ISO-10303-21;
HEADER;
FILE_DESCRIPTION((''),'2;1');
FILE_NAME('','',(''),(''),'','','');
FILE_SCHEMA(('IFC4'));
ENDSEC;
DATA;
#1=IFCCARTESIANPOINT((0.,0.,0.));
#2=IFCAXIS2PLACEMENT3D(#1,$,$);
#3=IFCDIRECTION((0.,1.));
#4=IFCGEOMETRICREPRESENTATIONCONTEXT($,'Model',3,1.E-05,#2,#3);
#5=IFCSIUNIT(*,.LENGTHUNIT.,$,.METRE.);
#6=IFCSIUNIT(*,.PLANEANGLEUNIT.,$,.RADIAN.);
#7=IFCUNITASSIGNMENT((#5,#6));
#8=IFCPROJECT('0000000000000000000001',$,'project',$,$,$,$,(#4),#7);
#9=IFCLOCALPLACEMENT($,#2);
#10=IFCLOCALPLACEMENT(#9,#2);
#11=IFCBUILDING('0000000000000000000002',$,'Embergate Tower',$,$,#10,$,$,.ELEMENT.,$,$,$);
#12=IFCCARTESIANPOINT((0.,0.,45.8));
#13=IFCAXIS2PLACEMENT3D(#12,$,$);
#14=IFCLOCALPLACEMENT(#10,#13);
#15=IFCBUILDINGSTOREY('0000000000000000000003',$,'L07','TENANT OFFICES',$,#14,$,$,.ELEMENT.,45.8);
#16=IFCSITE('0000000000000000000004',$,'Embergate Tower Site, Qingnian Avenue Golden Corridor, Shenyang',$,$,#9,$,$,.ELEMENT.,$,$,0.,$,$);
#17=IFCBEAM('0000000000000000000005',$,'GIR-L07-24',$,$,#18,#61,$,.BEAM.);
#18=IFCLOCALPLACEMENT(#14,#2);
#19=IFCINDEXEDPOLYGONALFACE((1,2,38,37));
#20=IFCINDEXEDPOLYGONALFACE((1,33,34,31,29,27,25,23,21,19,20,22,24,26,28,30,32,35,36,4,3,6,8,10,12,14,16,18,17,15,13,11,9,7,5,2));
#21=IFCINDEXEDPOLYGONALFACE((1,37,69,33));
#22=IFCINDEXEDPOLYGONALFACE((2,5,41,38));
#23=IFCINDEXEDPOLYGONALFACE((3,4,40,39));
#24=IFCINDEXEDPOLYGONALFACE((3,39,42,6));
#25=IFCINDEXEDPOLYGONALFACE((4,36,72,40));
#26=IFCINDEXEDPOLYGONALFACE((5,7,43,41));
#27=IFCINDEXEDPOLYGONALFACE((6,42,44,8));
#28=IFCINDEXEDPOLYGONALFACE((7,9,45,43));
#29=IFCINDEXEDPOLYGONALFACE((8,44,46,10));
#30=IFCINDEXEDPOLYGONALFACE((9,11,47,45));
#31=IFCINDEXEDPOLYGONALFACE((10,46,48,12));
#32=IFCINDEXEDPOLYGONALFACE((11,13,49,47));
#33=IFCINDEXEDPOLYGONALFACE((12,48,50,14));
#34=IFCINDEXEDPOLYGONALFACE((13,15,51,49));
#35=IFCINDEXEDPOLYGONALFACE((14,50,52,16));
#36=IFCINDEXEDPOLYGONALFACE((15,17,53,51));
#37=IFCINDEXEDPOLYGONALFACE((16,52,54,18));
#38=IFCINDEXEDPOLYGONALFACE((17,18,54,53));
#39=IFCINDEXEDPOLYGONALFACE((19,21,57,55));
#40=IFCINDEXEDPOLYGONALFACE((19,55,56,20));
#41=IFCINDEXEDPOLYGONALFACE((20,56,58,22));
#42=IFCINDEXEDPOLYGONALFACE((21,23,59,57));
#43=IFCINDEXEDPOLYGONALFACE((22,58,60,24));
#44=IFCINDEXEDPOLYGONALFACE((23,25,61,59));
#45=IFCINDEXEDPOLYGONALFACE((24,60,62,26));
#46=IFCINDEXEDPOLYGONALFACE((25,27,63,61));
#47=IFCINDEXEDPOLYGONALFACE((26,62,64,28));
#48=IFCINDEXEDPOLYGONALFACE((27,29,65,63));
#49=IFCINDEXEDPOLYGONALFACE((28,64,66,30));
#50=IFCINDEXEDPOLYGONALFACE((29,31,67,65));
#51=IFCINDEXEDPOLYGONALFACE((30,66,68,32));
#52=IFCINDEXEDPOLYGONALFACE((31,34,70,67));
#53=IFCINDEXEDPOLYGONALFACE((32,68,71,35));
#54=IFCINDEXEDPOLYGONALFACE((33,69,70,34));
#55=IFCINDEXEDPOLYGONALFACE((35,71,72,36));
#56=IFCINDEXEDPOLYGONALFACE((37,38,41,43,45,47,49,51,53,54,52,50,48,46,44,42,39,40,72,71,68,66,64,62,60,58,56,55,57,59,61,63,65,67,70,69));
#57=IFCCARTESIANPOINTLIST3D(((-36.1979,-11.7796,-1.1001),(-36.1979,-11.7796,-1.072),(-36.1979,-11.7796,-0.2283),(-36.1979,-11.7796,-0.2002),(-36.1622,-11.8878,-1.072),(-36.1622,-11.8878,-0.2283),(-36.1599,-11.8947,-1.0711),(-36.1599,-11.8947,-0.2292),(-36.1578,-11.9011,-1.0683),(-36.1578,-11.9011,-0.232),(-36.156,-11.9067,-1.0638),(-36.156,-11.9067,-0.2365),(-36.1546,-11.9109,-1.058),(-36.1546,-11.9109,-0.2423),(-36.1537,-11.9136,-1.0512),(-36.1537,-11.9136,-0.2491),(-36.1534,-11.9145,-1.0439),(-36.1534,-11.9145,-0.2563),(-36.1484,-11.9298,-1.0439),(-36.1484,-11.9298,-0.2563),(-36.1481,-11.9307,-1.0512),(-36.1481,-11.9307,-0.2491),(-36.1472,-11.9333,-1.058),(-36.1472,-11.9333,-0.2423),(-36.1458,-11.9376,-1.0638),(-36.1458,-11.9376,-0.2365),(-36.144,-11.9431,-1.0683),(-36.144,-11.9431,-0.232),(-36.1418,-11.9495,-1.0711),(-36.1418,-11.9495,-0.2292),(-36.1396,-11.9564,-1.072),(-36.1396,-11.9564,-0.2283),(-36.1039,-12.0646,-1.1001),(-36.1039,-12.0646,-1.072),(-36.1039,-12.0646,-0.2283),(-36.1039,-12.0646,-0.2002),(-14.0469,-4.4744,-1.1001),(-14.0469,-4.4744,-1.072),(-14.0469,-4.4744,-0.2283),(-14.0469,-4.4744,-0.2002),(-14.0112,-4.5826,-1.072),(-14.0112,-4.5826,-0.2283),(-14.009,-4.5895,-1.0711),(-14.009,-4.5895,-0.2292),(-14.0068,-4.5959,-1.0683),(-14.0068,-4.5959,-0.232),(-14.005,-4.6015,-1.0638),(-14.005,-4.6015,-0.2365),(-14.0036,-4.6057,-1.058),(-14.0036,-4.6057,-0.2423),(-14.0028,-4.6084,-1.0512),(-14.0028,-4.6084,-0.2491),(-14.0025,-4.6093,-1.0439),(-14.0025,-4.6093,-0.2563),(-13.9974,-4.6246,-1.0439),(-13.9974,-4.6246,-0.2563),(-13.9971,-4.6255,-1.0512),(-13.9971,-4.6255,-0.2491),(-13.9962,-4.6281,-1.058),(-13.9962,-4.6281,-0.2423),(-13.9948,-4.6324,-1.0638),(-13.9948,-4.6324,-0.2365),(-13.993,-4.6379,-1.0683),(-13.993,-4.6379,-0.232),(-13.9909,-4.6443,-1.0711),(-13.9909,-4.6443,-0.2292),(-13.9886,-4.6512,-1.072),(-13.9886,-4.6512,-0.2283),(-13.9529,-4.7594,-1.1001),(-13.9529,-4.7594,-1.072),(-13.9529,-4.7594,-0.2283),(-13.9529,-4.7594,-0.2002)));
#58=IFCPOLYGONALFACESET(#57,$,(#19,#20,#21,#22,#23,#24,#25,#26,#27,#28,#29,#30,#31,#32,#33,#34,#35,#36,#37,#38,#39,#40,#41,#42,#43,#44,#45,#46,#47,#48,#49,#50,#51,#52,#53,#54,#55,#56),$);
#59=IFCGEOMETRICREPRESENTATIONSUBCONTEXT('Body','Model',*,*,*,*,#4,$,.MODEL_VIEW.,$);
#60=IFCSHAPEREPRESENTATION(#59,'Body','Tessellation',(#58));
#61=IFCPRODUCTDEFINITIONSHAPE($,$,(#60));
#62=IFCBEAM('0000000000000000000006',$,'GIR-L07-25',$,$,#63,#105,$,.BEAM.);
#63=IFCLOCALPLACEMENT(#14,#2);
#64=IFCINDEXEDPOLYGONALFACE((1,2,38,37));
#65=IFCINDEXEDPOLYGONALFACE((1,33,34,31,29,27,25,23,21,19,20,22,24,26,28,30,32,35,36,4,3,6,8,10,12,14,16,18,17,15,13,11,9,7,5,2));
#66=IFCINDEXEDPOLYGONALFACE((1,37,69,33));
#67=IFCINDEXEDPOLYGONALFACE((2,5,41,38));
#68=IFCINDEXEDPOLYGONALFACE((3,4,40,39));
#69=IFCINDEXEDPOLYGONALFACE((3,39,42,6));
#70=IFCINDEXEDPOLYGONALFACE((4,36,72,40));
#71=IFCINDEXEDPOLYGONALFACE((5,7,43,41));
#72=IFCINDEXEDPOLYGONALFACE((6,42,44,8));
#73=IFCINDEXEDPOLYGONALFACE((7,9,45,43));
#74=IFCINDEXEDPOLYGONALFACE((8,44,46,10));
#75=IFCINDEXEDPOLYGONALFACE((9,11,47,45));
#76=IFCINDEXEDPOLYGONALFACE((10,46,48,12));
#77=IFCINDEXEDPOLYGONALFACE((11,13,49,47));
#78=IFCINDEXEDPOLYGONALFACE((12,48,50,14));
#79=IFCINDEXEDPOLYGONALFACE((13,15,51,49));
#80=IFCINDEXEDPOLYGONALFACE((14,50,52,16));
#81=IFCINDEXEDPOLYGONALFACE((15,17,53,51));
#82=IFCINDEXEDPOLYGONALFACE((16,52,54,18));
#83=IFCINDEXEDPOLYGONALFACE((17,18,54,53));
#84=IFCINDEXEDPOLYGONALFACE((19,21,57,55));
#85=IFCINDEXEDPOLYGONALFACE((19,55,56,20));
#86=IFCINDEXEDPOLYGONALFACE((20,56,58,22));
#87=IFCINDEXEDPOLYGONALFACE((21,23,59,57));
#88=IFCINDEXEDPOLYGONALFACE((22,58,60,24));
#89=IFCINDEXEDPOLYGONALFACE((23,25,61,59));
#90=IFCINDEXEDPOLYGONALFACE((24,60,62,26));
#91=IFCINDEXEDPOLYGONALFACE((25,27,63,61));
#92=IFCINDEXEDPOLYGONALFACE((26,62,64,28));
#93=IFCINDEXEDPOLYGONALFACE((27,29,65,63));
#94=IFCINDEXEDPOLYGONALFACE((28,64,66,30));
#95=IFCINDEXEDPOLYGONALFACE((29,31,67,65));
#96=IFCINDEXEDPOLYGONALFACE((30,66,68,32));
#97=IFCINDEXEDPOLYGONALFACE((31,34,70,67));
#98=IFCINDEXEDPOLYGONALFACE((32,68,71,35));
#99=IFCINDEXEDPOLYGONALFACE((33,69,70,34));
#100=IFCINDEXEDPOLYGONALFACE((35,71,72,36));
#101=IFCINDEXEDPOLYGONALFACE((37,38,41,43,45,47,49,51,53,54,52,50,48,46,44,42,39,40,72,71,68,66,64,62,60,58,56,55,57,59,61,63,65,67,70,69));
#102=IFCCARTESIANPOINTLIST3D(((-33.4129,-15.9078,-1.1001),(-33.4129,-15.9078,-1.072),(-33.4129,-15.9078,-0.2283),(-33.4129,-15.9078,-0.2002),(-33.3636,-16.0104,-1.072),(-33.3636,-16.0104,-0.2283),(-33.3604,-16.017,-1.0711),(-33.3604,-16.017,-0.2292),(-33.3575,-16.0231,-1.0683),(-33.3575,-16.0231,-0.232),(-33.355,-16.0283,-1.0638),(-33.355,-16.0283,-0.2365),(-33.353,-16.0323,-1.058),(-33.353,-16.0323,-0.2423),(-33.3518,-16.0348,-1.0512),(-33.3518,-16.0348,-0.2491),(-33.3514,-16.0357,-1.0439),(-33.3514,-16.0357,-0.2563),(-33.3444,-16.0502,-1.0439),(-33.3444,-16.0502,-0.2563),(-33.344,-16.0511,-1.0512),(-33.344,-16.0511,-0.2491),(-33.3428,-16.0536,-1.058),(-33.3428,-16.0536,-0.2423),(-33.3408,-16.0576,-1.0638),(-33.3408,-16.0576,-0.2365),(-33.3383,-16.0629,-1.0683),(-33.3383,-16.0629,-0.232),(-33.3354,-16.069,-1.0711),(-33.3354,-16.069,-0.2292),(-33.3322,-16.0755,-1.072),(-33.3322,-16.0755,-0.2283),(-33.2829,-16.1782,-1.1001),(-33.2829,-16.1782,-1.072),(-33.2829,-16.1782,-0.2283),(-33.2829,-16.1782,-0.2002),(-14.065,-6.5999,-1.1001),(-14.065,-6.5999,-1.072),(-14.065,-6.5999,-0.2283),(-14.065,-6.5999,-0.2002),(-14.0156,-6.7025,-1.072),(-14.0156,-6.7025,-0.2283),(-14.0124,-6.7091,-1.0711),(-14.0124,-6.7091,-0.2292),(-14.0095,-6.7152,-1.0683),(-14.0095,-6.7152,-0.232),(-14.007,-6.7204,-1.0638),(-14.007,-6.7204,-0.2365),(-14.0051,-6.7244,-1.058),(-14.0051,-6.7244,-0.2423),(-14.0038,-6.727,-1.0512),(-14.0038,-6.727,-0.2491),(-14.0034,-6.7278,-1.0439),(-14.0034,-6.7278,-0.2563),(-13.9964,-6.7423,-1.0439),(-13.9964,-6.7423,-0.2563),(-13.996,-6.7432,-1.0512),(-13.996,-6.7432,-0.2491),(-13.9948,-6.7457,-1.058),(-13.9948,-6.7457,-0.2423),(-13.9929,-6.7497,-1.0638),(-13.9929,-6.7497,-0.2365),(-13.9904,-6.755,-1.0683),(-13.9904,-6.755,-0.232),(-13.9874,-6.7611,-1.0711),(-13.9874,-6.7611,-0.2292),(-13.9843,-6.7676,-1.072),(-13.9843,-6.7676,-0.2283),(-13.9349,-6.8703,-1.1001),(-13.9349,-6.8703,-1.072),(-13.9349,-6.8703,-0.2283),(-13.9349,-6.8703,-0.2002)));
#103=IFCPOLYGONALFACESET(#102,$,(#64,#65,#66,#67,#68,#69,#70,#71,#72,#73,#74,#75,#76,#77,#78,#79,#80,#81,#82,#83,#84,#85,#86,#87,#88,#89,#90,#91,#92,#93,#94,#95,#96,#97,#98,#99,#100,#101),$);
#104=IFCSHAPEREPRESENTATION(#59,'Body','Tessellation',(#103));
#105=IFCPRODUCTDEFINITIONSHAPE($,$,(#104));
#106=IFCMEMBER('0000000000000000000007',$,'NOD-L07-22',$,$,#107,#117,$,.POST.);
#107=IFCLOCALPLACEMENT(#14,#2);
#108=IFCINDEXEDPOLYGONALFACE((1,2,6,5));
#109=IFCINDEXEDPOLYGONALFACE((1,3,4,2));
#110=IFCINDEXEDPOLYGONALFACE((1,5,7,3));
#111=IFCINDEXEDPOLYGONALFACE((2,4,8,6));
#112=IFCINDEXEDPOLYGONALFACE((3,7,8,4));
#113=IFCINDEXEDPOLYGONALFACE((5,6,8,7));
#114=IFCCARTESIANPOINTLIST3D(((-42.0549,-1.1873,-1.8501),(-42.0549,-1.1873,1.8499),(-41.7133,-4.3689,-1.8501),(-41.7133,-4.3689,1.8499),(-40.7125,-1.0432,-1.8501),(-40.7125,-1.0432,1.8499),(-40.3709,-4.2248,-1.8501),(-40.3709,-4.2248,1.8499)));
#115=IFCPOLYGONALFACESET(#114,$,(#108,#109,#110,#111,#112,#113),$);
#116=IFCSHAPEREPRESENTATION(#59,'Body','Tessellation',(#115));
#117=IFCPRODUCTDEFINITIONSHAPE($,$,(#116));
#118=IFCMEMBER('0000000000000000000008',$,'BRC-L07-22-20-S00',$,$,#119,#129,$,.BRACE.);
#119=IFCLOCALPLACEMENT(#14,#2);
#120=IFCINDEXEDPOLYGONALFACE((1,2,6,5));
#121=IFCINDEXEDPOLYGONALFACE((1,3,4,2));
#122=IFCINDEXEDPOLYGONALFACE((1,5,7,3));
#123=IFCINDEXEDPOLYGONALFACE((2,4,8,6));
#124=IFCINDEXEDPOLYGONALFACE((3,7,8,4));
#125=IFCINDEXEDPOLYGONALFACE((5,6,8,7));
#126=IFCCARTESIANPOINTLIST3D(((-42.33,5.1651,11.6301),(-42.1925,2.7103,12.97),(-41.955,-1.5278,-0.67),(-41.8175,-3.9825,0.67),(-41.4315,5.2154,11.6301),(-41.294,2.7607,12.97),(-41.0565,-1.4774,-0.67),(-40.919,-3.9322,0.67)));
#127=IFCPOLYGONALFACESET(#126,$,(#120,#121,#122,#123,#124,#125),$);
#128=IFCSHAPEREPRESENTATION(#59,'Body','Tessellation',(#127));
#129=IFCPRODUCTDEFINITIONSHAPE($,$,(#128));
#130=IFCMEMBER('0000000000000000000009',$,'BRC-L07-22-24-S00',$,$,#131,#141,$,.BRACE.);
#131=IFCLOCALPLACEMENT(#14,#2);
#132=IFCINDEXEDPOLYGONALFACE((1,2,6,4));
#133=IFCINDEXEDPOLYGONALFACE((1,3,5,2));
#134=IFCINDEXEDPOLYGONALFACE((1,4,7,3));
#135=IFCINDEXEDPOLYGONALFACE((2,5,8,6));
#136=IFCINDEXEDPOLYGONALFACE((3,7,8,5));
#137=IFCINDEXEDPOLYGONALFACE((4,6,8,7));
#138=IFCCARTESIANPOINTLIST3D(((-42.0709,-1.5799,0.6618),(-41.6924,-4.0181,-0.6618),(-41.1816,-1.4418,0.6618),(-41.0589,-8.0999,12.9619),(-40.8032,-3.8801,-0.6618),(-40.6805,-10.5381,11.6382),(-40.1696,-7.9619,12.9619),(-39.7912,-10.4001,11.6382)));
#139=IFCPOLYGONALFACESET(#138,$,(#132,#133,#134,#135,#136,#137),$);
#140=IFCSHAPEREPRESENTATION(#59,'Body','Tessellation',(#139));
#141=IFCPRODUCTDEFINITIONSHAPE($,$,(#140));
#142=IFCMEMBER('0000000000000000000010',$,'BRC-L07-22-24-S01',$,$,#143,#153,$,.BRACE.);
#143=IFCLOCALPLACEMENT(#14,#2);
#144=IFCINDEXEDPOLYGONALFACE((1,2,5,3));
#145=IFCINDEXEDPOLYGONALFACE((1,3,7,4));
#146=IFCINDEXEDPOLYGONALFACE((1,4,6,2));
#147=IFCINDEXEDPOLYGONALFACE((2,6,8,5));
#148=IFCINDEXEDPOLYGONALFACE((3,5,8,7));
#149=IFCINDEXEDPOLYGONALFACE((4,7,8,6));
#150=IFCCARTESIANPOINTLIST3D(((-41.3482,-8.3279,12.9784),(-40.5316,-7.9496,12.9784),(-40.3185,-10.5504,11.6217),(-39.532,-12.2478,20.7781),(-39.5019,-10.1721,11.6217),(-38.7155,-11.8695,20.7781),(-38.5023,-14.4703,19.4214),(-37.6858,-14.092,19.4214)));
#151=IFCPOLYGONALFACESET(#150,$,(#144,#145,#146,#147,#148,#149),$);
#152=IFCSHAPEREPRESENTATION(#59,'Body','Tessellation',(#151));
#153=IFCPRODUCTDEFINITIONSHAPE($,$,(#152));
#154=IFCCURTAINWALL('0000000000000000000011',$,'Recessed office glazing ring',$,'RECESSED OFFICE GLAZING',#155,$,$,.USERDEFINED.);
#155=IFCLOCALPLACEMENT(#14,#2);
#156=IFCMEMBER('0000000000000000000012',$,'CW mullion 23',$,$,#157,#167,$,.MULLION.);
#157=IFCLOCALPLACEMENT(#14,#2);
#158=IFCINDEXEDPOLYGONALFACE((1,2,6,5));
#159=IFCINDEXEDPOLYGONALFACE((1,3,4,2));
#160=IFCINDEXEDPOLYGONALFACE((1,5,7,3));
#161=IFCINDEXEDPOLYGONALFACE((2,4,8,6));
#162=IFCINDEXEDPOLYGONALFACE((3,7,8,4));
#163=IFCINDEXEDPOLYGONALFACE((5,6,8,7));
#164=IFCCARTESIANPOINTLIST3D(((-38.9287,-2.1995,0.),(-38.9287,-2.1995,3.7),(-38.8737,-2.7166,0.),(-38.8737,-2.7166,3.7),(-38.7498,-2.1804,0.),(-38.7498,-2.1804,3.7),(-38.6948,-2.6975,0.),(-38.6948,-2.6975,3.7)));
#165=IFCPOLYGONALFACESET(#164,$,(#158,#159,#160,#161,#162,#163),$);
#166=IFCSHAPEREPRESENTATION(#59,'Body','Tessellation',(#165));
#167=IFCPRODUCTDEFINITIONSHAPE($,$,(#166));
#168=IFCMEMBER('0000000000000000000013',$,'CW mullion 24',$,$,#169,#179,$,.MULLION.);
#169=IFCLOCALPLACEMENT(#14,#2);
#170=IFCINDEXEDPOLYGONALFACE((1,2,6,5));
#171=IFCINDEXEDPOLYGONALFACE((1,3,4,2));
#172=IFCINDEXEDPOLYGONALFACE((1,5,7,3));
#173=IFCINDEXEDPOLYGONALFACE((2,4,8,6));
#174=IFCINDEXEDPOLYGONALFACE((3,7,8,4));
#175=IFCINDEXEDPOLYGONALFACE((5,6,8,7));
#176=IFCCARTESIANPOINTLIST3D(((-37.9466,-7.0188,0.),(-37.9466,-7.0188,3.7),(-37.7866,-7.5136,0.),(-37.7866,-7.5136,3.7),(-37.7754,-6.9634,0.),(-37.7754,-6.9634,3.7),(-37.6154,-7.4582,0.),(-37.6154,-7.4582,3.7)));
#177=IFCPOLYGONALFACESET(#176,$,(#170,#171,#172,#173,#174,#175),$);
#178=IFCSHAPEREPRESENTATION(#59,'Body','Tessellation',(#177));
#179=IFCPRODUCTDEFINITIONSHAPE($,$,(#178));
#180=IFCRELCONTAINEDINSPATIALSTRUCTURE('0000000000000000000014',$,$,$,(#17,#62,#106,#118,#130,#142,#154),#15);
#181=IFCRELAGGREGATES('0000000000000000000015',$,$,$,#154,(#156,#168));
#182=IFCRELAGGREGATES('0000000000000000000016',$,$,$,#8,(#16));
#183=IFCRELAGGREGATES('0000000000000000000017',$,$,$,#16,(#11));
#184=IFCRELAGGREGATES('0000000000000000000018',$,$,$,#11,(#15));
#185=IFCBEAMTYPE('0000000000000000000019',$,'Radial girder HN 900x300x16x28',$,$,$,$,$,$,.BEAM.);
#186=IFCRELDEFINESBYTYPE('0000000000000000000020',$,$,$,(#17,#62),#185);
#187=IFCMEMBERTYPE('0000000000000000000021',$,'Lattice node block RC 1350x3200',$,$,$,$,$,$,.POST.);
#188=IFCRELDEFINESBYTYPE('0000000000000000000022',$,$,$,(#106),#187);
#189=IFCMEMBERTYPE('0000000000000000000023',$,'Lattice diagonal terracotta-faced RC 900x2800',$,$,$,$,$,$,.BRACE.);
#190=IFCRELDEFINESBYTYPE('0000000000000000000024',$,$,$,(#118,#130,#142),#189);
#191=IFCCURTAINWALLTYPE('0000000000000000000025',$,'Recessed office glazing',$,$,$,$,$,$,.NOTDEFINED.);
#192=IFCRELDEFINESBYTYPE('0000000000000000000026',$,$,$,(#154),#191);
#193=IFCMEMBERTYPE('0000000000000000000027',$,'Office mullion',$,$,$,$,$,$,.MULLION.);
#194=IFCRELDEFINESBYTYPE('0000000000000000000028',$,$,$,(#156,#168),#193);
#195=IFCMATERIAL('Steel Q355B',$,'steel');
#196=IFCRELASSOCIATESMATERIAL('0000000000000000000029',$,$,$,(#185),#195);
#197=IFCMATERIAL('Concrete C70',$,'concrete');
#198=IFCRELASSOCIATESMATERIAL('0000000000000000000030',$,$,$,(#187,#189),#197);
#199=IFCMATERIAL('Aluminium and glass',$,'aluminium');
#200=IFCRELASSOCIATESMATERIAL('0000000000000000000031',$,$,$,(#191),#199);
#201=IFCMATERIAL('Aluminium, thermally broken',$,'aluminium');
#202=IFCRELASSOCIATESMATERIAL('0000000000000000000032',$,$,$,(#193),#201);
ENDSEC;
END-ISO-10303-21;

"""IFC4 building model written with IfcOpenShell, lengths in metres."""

from ifc_helpers import new_model, si_unit, direction, frame, origin, origin_2d, place, context, subcontext, project, spatial, rectangle, i_section, extrude, source, transform, mapped, material, material_profile, profile_set, type_object, element, aggregate, save


model = new_model("IFC4")

# Units and contexts
model_context = context("Model", 3, precision=1e-05, world=origin(), true_north=direction((0.0, 1.0)))
body_context = subcontext(model_context, "Body", "Model", "MODEL_VIEW")
ifc_project = project(units=[si_unit("LENGTHUNIT", "METRE"), si_unit("PLANEANGLEUNIT", "RADIAN")], contexts=[model_context])

# Site, building, storey
site_placement = place(None, origin())
site = spatial("IfcSite", under=ifc_project, at=site_placement, Name="Embergate Tower Site, Qingnian Avenue Golden Corridor, Shenyang", CompositionType="ELEMENT", RefElevation=0.0)
building_placement = place(site_placement, origin())
building = spatial("IfcBuilding", under=site, at=building_placement, Name="Embergate Tower", CompositionType="ELEMENT")
storey_placement = place(building_placement, frame((0.0, 0.0, 45.8)))
storey = spatial("IfcBuildingStorey", under=building, at=storey_placement, Name="L07", Description="TENANT OFFICES", CompositionType="ELEMENT", Elevation=45.8)

# Shared definitions
ifc_material_1 = material(Name="Concrete C70", Category="concrete")

# Beams
ifc_material_2 = material(Name="Steel Q355B", Category="steel")
ifc_material_profile_1 = material_profile(ifc_material_2, i_section(OverallWidth=0.3, OverallDepth=0.8999, WebThickness=0.0161, FlangeThickness=0.0281, FilletRadius=0.0281, at=origin_2d()), Name="HN 900x300x16x28")
ifc_profile_set_1 = profile_set([ifc_material_profile_1], Name="Steel Q355 grade B")
beam_type_1 = type_object("IfcBeamType", Name="Radial girder HN 900x300x16x28", PredefinedType="BEAM", material=ifc_profile_set_1)
shared_shape_1 = source(origin(), body_context, "Body", "SweptSolid", [
    extrude(i_section(OverallWidth=0.3, OverallDepth=0.8999, WebThickness=0.0161, FlangeThickness=0.0281, FilletRadius=0.0281, at=origin_2d()), origin(), (0.0, 0.0, 1.0), 23.3245),
])
beam_1_placement = place(storey_placement, frame((-36.1509, -11.9221, -0.6501), z_axis=(0.949688, 0.313199, 0.0), x_axis=(-0.313199, 0.949688, 0.0)))
element("IfcBeam", 1, at=beam_1_placement, inside=storey, type_object=beam_type_1, Name="GIR-L07-24", PredefinedType="BEAM", context=body_context, shape_type="MappedRepresentation", body=[
    mapped(shared_shape_1, transform((0.0, 0.0, 0.0))),
])
shared_shape_2 = source(origin(), body_context, "Body", "SweptSolid", [
    extrude(i_section(OverallWidth=0.3, OverallDepth=0.8999, WebThickness=0.0161, FlangeThickness=0.0281, FilletRadius=0.0281, at=origin_2d()), origin(), (0.0, 0.0, 1.0), 21.4705),
])
beam_2_placement = place(storey_placement, frame((-33.3479, -16.043, -0.6501), z_axis=(0.901144, 0.433521, 0.0), x_axis=(-0.433521, 0.901144, 0.0)))
element("IfcBeam", 2, at=beam_2_placement, inside=storey, type_object=beam_type_1, Name="GIR-L07-25", PredefinedType="BEAM", context=body_context, shape_type="MappedRepresentation", body=[
    mapped(shared_shape_2, transform((0.0, 0.0, 0.0))),
])

# Members
ifc_material_profile_2 = material_profile(ifc_material_1, rectangle(XDim=1.3501, YDim=3.2, at=origin_2d()), Name="RC 1350x3200")
ifc_profile_set_2 = profile_set([ifc_material_profile_2], Name="Concrete C70")
member_type_1 = type_object("IfcMemberType", Name="Lattice node block RC 1350x3200", PredefinedType="POST", material=ifc_profile_set_2)
shared_shape_3 = source(origin(), body_context, "Body", "SweptSolid", [
    extrude(rectangle(XDim=1.3501, YDim=3.2, at=origin_2d()), origin(), (0.0, 0.0, 1.0), 3.7),
])
member_1_placement = place(storey_placement, frame((-41.2129, -2.7061, -1.8501), z_axis=(0.0, 0.0, 1.0), x_axis=(-0.994286, -0.10675, 0.0)))
element("IfcMember", 3, at=member_1_placement, inside=storey, type_object=member_type_1, Name="NOD-L07-22", PredefinedType="POST", context=body_context, shape_type="MappedRepresentation", body=[
    mapped(shared_shape_3, transform((0.0, 0.0, 0.0))),
])
ifc_material_profile_3 = material_profile(ifc_material_1, rectangle(XDim=0.8999, YDim=2.8, at=origin_2d()), Name="RC 900x2800")
ifc_profile_set_3 = profile_set([ifc_material_profile_3], Name="Concrete C70")
member_type_2 = type_object("IfcMemberType", Name="Lattice diagonal terracotta-faced RC 900x2800", PredefinedType="BRACE", material=ifc_profile_set_3)
shared_shape_4 = source(origin(), body_context, "Body", "SweptSolid", [
    extrude(rectangle(XDim=0.8999, YDim=2.8, at=origin_2d()), origin(), (0.0, 0.0, 1.0), 14.0081),
])
member_2_placement = place(storey_placement, frame((-41.437, -2.73, 0.0), z_axis=(-0.02677, 0.477786, 0.878068), x_axis=(-0.998434, -0.055942, 0.0)))
element("IfcMember", 4, at=member_2_placement, inside=storey, type_object=member_type_2, Name="BRC-L07-22-20-S00", PredefinedType="BRACE", context=body_context, shape_type="MappedRepresentation", body=[
    mapped(shared_shape_4, transform((0.0, 0.0, 0.0))),
])
shared_shape_5 = source(origin(), body_context, "Body", "SweptSolid", [
    extrude(rectangle(XDim=0.8999, YDim=2.8, at=origin_2d()), origin(), (0.0, 0.0, 1.0), 13.958),
])
member_3_placement = place(storey_placement, frame((-41.437, -2.73, 0.0), z_axis=(0.072501, -0.467117, 0.881218), x_axis=(0.988168, 0.153372, 0.0)))
element("IfcMember", 5, at=member_3_placement, inside=storey, type_object=member_type_2, Name="BRC-L07-22-24-S00", PredefinedType="BRACE", context=body_context, shape_type="MappedRepresentation", body=[
    mapped(shared_shape_5, transform((0.0, 0.0, 0.0))),
])
shared_shape_6 = source(origin(), body_context, "Body", "SweptSolid", [
    extrude(rectangle(XDim=0.8999, YDim=2.8, at=origin_2d()), origin(), (0.0, 0.0, 1.0), 8.9163),
])
member_4_placement = place(storey_placement, frame((-40.425, -9.25, 12.3), z_axis=(0.203689, -0.439633, 0.874776), x_axis=(0.907345, 0.420387, 0.0)))
element("IfcMember", 6, at=member_4_placement, inside=storey, type_object=member_type_2, Name="BRC-L07-22-24-S01", PredefinedType="BRACE", context=body_context, shape_type="MappedRepresentation", body=[
    mapped(shared_shape_6, transform((0.0, 0.0, 0.0))),
])

# Curtain wall, members
ifc_material_3 = material(Name="Aluminium and glass", Category="aluminium")
curtain_wall_type = type_object("IfcCurtainWallType", Name="Recessed office glazing", PredefinedType="NOTDEFINED", material=ifc_material_3)
curtain_wall_placement = place(storey_placement, origin())
curtain_wall = element("IfcCurtainWall", 7, at=curtain_wall_placement, inside=storey, type_object=curtain_wall_type, Name="Recessed office glazing ring", ObjectType="RECESSED OFFICE GLAZING", PredefinedType="USERDEFINED")
ifc_material_4 = material(Name="Aluminium, thermally broken", Category="aluminium")
ifc_material_profile_4 = material_profile(ifc_material_4, rectangle(XDim=0.1799, YDim=0.52, at=origin_2d()), Name="AL 520x180")
ifc_profile_set_4 = profile_set([ifc_material_profile_4], Name="Aluminium, thermally broken")
member_type_3 = type_object("IfcMemberType", Name="Office mullion", PredefinedType="MULLION", material=ifc_profile_set_4)
shared_shape_7 = source(origin(), body_context, "Body", "SweptSolid", [
    extrude(rectangle(XDim=0.1799, YDim=0.52, at=origin_2d()), origin(), (0.0, 0.0, 1.0), 3.7),
])
member_5_placement = place(storey_placement, frame((-38.8118, -2.4485, 0.0), z_axis=(0.0, 0.0, 1.0), x_axis=(0.994385, 0.105822, 0.0)))
member_5 = element("IfcMember", 8, at=member_5_placement, type_object=member_type_3, Name="CW mullion 23", PredefinedType="MULLION", context=body_context, shape_type="MappedRepresentation", body=[
    mapped(shared_shape_7, transform((0.0, 0.0, 0.0))),
])
member_6_placement = place(storey_placement, frame((-37.781, -7.2385, 0.0), z_axis=(0.0, 0.0, 1.0), x_axis=(0.951499, 0.307651, 0.0)))
member_6 = element("IfcMember", 9, at=member_6_placement, type_object=member_type_3, Name="CW mullion 24", PredefinedType="MULLION", context=body_context, shape_type="MappedRepresentation", body=[
    mapped(shared_shape_7, transform((0.0, 0.0, 0.0))),
])
aggregate(curtain_wall, [member_5, member_6])

save(model, "model.ifc")
